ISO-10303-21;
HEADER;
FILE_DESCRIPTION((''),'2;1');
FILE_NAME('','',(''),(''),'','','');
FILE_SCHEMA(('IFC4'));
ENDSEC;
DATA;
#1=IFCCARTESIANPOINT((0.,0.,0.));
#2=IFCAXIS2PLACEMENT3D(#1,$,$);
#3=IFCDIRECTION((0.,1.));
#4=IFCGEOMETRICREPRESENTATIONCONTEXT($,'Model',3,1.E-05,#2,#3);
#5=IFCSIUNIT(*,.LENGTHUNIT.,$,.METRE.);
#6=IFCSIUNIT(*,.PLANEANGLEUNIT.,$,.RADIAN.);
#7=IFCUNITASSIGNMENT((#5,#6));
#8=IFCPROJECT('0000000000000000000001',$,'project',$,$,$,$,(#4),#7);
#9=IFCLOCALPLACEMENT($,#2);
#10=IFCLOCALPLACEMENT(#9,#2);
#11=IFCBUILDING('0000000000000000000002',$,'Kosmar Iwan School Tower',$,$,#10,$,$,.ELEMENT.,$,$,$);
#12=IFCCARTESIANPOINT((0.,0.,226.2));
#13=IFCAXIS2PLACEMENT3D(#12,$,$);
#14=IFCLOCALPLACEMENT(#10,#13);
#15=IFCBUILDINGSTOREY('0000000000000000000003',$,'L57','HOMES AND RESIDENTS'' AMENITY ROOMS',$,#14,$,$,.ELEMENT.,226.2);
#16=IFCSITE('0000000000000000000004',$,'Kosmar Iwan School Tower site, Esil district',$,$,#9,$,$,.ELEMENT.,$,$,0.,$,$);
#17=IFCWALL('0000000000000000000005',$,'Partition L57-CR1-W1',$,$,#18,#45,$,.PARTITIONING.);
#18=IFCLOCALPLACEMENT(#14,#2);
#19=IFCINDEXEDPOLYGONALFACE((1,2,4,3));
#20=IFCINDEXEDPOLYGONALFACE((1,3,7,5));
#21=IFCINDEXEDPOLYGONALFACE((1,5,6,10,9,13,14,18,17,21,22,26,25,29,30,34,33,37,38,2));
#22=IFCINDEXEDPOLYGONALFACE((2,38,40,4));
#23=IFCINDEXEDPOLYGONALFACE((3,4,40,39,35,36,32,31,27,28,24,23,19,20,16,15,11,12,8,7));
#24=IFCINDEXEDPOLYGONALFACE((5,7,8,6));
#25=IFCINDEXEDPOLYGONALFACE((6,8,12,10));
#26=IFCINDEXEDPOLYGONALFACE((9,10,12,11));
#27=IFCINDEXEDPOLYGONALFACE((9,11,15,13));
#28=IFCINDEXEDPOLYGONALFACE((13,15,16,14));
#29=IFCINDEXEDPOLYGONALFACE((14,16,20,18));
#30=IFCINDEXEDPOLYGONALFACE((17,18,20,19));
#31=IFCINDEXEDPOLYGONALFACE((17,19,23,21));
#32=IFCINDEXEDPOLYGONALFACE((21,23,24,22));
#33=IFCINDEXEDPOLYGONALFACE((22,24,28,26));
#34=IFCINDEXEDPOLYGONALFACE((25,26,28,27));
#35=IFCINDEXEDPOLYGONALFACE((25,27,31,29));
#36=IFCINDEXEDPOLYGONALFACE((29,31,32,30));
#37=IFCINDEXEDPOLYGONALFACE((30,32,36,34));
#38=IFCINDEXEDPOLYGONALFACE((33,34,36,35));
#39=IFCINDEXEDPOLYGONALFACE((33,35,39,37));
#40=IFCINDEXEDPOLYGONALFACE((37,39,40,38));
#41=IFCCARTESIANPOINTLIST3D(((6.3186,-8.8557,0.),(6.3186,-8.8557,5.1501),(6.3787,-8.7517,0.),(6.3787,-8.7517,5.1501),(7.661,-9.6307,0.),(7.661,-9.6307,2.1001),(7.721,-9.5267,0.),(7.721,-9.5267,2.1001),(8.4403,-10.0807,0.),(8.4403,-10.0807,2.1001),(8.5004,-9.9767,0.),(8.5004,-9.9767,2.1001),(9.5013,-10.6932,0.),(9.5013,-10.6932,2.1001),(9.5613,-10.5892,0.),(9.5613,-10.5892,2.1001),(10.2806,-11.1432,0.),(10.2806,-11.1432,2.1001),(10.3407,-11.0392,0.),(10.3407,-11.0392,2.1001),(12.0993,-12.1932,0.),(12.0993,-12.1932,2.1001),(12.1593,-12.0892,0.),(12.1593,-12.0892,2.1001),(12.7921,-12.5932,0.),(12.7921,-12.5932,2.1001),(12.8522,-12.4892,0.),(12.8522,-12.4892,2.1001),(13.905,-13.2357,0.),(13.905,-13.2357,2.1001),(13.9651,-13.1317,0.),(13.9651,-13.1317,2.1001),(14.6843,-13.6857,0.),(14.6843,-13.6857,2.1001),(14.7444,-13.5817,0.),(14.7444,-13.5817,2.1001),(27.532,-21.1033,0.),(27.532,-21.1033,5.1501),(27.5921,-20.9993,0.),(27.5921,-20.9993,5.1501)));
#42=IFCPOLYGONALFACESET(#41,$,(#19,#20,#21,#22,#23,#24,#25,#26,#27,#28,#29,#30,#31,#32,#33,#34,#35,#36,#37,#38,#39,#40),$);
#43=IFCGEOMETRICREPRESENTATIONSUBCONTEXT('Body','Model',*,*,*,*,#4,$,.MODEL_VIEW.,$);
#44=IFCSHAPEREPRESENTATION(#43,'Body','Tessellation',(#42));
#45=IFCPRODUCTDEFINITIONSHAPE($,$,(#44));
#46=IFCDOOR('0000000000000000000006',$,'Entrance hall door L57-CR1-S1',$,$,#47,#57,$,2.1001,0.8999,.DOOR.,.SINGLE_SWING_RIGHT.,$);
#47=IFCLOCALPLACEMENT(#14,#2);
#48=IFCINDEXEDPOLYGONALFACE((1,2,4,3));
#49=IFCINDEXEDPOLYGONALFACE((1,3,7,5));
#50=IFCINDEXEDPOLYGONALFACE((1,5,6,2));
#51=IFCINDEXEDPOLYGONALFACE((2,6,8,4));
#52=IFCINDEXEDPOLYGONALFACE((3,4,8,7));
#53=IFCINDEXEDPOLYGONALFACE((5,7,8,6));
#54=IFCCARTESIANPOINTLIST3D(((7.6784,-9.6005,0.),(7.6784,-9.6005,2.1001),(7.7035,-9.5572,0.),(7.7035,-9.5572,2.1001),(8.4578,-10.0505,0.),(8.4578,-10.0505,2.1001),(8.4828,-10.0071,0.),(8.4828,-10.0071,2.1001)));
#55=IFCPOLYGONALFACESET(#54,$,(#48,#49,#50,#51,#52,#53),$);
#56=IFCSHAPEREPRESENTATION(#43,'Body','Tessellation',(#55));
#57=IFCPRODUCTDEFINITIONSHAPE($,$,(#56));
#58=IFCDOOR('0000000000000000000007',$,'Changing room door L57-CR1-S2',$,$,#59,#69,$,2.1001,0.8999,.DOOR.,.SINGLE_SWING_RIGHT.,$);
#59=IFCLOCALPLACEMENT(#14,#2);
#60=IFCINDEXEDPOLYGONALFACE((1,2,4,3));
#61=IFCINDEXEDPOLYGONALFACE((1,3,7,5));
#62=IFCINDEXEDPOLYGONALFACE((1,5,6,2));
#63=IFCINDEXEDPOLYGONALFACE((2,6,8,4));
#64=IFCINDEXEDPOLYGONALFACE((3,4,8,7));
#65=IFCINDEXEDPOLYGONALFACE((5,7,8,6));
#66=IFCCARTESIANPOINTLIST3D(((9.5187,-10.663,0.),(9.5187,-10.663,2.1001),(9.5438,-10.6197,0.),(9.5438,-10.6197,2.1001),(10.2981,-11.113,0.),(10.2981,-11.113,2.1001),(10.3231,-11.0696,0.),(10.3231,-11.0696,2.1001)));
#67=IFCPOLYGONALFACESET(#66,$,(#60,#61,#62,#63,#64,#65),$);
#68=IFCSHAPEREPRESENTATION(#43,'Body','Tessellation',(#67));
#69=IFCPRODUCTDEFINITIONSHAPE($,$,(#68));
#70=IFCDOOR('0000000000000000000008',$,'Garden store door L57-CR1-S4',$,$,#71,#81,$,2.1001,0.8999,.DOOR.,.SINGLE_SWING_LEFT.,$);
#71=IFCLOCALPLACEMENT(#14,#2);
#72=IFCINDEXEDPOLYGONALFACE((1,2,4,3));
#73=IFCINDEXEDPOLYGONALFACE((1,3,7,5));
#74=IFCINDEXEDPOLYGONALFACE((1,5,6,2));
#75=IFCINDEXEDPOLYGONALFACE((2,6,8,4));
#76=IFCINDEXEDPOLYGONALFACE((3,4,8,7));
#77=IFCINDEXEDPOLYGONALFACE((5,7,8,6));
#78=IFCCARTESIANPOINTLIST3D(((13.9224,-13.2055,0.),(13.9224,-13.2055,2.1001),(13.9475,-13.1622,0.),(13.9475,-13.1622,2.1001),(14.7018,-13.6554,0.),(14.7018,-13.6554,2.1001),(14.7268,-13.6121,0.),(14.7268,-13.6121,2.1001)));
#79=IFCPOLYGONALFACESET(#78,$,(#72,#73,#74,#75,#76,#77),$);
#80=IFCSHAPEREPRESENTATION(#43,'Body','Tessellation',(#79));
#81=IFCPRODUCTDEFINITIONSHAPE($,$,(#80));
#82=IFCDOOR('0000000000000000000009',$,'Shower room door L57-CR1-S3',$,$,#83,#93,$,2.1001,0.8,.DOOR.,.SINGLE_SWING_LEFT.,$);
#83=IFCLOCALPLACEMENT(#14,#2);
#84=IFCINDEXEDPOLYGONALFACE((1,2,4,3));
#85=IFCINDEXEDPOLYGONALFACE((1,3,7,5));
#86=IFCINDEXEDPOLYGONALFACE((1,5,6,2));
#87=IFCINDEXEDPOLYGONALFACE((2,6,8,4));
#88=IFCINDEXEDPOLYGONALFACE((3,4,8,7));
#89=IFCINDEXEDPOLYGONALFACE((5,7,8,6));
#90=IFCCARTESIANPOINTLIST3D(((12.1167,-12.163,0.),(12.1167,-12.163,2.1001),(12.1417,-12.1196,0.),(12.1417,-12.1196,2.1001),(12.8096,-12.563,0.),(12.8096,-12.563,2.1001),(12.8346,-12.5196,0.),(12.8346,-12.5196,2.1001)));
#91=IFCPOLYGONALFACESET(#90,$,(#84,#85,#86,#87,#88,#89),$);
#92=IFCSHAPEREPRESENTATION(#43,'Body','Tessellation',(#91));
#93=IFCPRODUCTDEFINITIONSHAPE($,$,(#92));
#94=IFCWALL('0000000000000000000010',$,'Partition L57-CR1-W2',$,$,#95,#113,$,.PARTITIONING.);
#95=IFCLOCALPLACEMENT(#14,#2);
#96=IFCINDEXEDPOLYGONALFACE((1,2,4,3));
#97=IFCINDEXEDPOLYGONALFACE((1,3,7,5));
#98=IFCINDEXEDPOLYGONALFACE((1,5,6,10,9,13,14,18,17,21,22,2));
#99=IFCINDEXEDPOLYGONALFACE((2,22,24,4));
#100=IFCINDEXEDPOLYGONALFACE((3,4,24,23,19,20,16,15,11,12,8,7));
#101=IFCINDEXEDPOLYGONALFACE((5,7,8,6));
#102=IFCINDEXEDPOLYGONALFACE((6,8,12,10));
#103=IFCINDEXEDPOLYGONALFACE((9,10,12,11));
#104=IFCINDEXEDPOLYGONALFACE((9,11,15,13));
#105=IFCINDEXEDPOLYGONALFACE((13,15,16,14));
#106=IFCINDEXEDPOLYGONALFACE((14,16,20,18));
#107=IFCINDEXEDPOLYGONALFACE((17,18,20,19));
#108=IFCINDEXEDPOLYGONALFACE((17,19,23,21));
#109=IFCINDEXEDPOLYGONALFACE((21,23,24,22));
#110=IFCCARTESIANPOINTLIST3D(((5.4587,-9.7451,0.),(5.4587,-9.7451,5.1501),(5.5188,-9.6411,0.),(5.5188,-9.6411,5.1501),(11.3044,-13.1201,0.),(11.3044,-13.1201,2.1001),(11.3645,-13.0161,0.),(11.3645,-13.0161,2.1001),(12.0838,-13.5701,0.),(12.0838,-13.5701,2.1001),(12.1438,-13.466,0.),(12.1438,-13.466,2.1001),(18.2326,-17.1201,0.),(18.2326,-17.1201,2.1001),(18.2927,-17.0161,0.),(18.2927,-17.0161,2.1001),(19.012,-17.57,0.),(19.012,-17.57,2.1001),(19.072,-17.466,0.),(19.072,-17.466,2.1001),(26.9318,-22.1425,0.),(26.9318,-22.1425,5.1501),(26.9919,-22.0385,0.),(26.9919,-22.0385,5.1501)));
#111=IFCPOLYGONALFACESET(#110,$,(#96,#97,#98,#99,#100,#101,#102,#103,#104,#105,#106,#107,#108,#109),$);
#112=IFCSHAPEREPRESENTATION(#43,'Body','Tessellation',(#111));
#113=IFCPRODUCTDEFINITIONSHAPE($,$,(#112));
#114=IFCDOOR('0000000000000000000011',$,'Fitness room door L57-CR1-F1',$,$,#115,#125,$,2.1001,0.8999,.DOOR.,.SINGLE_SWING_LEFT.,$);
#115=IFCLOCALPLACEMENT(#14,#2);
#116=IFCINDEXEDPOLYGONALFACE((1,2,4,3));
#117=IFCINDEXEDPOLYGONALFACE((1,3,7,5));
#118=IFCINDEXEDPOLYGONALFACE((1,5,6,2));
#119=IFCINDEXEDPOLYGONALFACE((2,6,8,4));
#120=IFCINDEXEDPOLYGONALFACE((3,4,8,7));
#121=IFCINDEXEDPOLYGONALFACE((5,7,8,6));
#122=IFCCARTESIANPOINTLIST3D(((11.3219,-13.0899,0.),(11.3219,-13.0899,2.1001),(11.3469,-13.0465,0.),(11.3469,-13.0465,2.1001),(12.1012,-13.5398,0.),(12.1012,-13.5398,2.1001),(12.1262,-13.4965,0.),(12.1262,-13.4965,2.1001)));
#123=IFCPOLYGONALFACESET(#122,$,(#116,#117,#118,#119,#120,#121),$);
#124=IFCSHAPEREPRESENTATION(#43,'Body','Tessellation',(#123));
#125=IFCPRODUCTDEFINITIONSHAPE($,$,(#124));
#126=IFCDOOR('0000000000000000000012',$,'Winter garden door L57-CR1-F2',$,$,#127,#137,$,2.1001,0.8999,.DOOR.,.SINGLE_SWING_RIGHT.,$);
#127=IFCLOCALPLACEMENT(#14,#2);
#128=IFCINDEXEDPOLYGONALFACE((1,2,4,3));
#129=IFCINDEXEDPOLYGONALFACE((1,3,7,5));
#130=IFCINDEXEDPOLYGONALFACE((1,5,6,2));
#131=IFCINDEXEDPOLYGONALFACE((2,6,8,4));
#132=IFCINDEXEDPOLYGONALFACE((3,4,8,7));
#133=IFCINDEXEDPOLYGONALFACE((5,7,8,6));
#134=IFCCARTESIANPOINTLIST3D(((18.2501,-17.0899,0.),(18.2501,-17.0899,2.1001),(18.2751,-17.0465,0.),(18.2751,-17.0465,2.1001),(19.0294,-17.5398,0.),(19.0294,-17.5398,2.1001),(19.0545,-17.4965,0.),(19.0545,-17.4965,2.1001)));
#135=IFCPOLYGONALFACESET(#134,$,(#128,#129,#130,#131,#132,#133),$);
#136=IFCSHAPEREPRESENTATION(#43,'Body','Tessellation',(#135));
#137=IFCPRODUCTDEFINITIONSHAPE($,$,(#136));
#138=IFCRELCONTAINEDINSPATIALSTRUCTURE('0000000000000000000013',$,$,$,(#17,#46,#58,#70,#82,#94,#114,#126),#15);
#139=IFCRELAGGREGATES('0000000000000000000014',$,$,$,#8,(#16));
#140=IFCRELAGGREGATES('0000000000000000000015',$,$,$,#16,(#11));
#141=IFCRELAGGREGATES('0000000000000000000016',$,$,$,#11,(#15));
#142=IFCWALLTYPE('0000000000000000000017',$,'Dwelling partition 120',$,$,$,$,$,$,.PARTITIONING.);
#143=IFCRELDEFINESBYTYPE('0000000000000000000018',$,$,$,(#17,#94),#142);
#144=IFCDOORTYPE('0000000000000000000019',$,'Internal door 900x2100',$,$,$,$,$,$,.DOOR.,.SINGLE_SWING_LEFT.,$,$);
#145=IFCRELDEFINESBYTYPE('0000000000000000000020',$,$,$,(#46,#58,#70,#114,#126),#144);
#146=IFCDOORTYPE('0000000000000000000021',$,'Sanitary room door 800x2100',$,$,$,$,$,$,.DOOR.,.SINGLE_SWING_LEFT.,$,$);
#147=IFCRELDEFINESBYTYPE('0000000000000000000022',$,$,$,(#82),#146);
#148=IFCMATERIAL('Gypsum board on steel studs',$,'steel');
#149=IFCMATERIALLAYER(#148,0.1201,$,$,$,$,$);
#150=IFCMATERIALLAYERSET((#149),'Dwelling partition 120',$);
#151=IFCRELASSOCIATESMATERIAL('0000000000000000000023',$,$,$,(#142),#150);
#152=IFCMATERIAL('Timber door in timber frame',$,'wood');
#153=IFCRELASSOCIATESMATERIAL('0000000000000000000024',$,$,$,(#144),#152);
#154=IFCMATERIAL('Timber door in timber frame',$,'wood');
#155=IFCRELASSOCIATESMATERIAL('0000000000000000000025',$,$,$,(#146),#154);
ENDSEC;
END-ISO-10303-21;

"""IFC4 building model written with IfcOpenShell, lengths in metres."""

from ifc_helpers import new_model, si_unit, direction, frame, frame_2d, origin, place, context, subcontext, project, spatial, rectangle, extrude, material, layer, layer_set, type_object, element, fill, save


model = new_model("IFC4")

# Units and contexts
model_context = context("Model", 3, precision=1e-05, world=origin(), true_north=direction((0.0, 1.0)))
body_context = subcontext(model_context, "Body", "Model", "MODEL_VIEW")
ifc_project = project(units=[si_unit("LENGTHUNIT", "METRE"), si_unit("PLANEANGLEUNIT", "RADIAN")], contexts=[model_context])

# Site, building, storey
site_placement = place(None, origin())
site = spatial("IfcSite", under=ifc_project, at=site_placement, Name="Kosmar Iwan School Tower site, Esil district", CompositionType="ELEMENT", RefElevation=0.0)
building_placement = place(site_placement, origin())
building = spatial("IfcBuilding", under=site, at=building_placement, Name="Kosmar Iwan School Tower", CompositionType="ELEMENT")
storey_placement = place(building_placement, frame((0.0, 0.0, 226.2)))
storey = spatial("IfcBuildingStorey", under=building, at=storey_placement, Name="L57", Description="HOMES AND RESIDENTS' AMENITY ROOMS", CompositionType="ELEMENT", Elevation=226.2)

# Walls, openings, doors
ifc_material_1 = material(Name="Gypsum board on steel studs", Category="steel")
ifc_layer_1 = layer(ifc_material_1, 0.1201)
ifc_layer_set_1 = layer_set([ifc_layer_1], Name="Dwelling partition 120")
wall_type_1 = type_object("IfcWallType", Name="Dwelling partition 120", PredefinedType="PARTITIONING", material=ifc_layer_set_1)
wall_1_placement = place(storey_placement, frame((6.3486, -8.8037, 0.0), z_axis=(0.0, 0.0, 1.0), x_axis=(0.866025, -0.5, 0.0)))
wall_1 = element("IfcWall", 1, at=wall_1_placement, inside=storey, type_object=wall_type_1, Name="Partition L57-CR1-W1", PredefinedType="PARTITIONING", context=body_context, shape_type="SweptSolid", body=[
    extrude(rectangle(XDim=24.4951, YDim=0.1201, at=frame_2d((12.2476, 0.0))), origin(), (0.0, 0.0, 1.0), 5.1501),
])
opening_1_placement = place(wall_1_placement, frame((1.55, 0.0, 0.0)))
opening_1 = element("IfcOpeningElement", 2, at=opening_1_placement, cuts=wall_1, PredefinedType="OPENING", context=body_context, shape_type="SweptSolid", body=[
    extrude(rectangle(XDim=0.8999, YDim=2.1001, at=frame_2d((0.45, 1.05))), frame((0.0, 0.072, 0.0), z_axis=(0.0, -1.0, 0.0), x_axis=(1.0, 0.0, 0.0)), (0.0, 0.0, 1.0), 0.144),
])
opening_2_placement = place(wall_1_placement, frame((3.675, 0.0, 0.0)))
opening_2 = element("IfcOpeningElement", 3, at=opening_2_placement, cuts=wall_1, PredefinedType="OPENING", context=body_context, shape_type="SweptSolid", body=[
    extrude(rectangle(XDim=0.8999, YDim=2.1001, at=frame_2d((0.45, 1.05))), frame((0.0, 0.072, 0.0), z_axis=(0.0, -1.0, 0.0), x_axis=(1.0, 0.0, 0.0)), (0.0, 0.0, 1.0), 0.144),
])
opening_3_placement = place(wall_1_placement, frame((6.675, 0.0, 0.0)))
opening_3 = element("IfcOpeningElement", 4, at=opening_3_placement, cuts=wall_1, PredefinedType="OPENING", context=body_context, shape_type="SweptSolid", body=[
    extrude(rectangle(XDim=0.8, YDim=2.1001, at=frame_2d((0.3999, 1.05))), frame((0.0, 0.072, 0.0), z_axis=(0.0, -1.0, 0.0), x_axis=(1.0, 0.0, 0.0)), (0.0, 0.0, 1.0), 0.144),
])
opening_4_placement = place(wall_1_placement, frame((8.76, 0.0, 0.0)))
opening_4 = element("IfcOpeningElement", 5, at=opening_4_placement, cuts=wall_1, PredefinedType="OPENING", context=body_context, shape_type="SweptSolid", body=[
    extrude(rectangle(XDim=0.8999, YDim=2.1001, at=frame_2d((0.45, 1.05))), frame((0.0, 0.072, 0.0), z_axis=(0.0, -1.0, 0.0), x_axis=(1.0, 0.0, 0.0)), (0.0, 0.0, 1.0), 0.144),
])
ifc_material_2 = material(Name="Timber door in timber frame", Category="wood")
door_type_1 = type_object("IfcDoorType", Name="Internal door 900x2100", OperationType="SINGLE_SWING_LEFT", PredefinedType="DOOR", material=ifc_material_2)
door_1_placement = place(opening_1_placement, origin())
door_1 = element("IfcDoor", 6, at=door_1_placement, inside=storey, type_object=door_type_1, Name="Entrance hall door L57-CR1-S1", OperationType="SINGLE_SWING_RIGHT", OverallHeight=2.1001, OverallWidth=0.8999, PredefinedType="DOOR", context=body_context, shape_type="SweptSolid", body=[
    extrude(rectangle(XDim=0.8999, YDim=2.1001, at=frame_2d((0.45, 1.05))), frame((0.0, 0.0249, 0.0), z_axis=(0.0, -1.0, 0.0), x_axis=(1.0, 0.0, 0.0)), (0.0, 0.0, 1.0), 0.05),
])
fill(opening_1, door_1)
door_2_placement = place(opening_2_placement, origin())
door_2 = element("IfcDoor", 7, at=door_2_placement, inside=storey, type_object=door_type_1, Name="Changing room door L57-CR1-S2", OperationType="SINGLE_SWING_RIGHT", OverallHeight=2.1001, OverallWidth=0.8999, PredefinedType="DOOR", context=body_context, shape_type="SweptSolid", body=[
    extrude(rectangle(XDim=0.8999, YDim=2.1001, at=frame_2d((0.45, 1.05))), frame((0.0, 0.0249, 0.0), z_axis=(0.0, -1.0, 0.0), x_axis=(1.0, 0.0, 0.0)), (0.0, 0.0, 1.0), 0.05),
])
fill(opening_2, door_2)
door_3_placement = place(opening_4_placement, origin())
door_3 = element("IfcDoor", 8, at=door_3_placement, inside=storey, type_object=door_type_1, Name="Garden store door L57-CR1-S4", OperationType="SINGLE_SWING_LEFT", OverallHeight=2.1001, OverallWidth=0.8999, PredefinedType="DOOR", context=body_context, shape_type="SweptSolid", body=[
    extrude(rectangle(XDim=0.8999, YDim=2.1001, at=frame_2d((0.45, 1.05))), frame((0.0, 0.0249, 0.0), z_axis=(0.0, -1.0, 0.0), x_axis=(1.0, 0.0, 0.0)), (0.0, 0.0, 1.0), 0.05),
])
fill(opening_4, door_3)
ifc_material_3 = material(Name="Timber door in timber frame", Category="wood")
door_type_2 = type_object("IfcDoorType", Name="Sanitary room door 800x2100", OperationType="SINGLE_SWING_LEFT", PredefinedType="DOOR", material=ifc_material_3)
door_4_placement = place(opening_3_placement, origin())
door_4 = element("IfcDoor", 9, at=door_4_placement, inside=storey, type_object=door_type_2, Name="Shower room door L57-CR1-S3", OperationType="SINGLE_SWING_LEFT", OverallHeight=2.1001, OverallWidth=0.8, PredefinedType="DOOR", context=body_context, shape_type="SweptSolid", body=[
    extrude(rectangle(XDim=0.8, YDim=2.1001, at=frame_2d((0.3999, 1.05))), frame((0.0, 0.0249, 0.0), z_axis=(0.0, -1.0, 0.0), x_axis=(1.0, 0.0, 0.0)), (0.0, 0.0, 1.0), 0.05),
])
fill(opening_3, door_4)
wall_2_placement = place(storey_placement, frame((5.4888, -9.6931, 0.0), z_axis=(0.0, 0.0, 1.0), x_axis=(0.866027, -0.499998, 0.0)))
wall_2 = element("IfcWall", 10, at=wall_2_placement, inside=storey, type_object=wall_type_1, Name="Partition L57-CR1-W2", PredefinedType="PARTITIONING", context=body_context, shape_type="SweptSolid", body=[
    extrude(rectangle(XDim=24.7949, YDim=0.1201, at=frame_2d((12.3975, 0.0))), origin(), (0.0, 0.0, 1.0), 5.1501),
])
opening_5_placement = place(wall_2_placement, frame((6.75, 0.0, 0.0)))
opening_5 = element("IfcOpeningElement", 11, at=opening_5_placement, cuts=wall_2, PredefinedType="OPENING", context=body_context, shape_type="SweptSolid", body=[
    extrude(rectangle(XDim=0.8999, YDim=2.1001, at=frame_2d((0.45, 1.05))), frame((0.0, 0.072, 0.0), z_axis=(0.0, -1.0, 0.0), x_axis=(1.0, 0.0, 0.0)), (0.0, 0.0, 1.0), 0.144),
])
opening_6_placement = place(wall_2_placement, frame((14.75, 0.0, 0.0)))
opening_6 = element("IfcOpeningElement", 12, at=opening_6_placement, cuts=wall_2, PredefinedType="OPENING", context=body_context, shape_type="SweptSolid", body=[
    extrude(rectangle(XDim=0.8999, YDim=2.1001, at=frame_2d((0.45, 1.05))), frame((0.0, 0.072, 0.0), z_axis=(0.0, -1.0, 0.0), x_axis=(1.0, 0.0, 0.0)), (0.0, 0.0, 1.0), 0.144),
])
door_5_placement = place(opening_5_placement, origin())
door_5 = element("IfcDoor", 13, at=door_5_placement, inside=storey, type_object=door_type_1, Name="Fitness room door L57-CR1-F1", OperationType="SINGLE_SWING_LEFT", OverallHeight=2.1001, OverallWidth=0.8999, PredefinedType="DOOR", context=body_context, shape_type="SweptSolid", body=[
    extrude(rectangle(XDim=0.8999, YDim=2.1001, at=frame_2d((0.45, 1.05))), frame((0.0, 0.0249, 0.0), z_axis=(0.0, -1.0, 0.0), x_axis=(1.0, 0.0, 0.0)), (0.0, 0.0, 1.0), 0.05),
])
fill(opening_5, door_5)
door_6_placement = place(opening_6_placement, origin())
door_6 = element("IfcDoor", 14, at=door_6_placement, inside=storey, type_object=door_type_1, Name="Winter garden door L57-CR1-F2", OperationType="SINGLE_SWING_RIGHT", OverallHeight=2.1001, OverallWidth=0.8999, PredefinedType="DOOR", context=body_context, shape_type="SweptSolid", body=[
    extrude(rectangle(XDim=0.8999, YDim=2.1001, at=frame_2d((0.45, 1.05))), frame((0.0, 0.0249, 0.0), z_axis=(0.0, -1.0, 0.0), x_axis=(1.0, 0.0, 0.0)), (0.0, 0.0, 1.0), 0.05),
])
fill(opening_6, door_6)

save(model, "model.ifc")
